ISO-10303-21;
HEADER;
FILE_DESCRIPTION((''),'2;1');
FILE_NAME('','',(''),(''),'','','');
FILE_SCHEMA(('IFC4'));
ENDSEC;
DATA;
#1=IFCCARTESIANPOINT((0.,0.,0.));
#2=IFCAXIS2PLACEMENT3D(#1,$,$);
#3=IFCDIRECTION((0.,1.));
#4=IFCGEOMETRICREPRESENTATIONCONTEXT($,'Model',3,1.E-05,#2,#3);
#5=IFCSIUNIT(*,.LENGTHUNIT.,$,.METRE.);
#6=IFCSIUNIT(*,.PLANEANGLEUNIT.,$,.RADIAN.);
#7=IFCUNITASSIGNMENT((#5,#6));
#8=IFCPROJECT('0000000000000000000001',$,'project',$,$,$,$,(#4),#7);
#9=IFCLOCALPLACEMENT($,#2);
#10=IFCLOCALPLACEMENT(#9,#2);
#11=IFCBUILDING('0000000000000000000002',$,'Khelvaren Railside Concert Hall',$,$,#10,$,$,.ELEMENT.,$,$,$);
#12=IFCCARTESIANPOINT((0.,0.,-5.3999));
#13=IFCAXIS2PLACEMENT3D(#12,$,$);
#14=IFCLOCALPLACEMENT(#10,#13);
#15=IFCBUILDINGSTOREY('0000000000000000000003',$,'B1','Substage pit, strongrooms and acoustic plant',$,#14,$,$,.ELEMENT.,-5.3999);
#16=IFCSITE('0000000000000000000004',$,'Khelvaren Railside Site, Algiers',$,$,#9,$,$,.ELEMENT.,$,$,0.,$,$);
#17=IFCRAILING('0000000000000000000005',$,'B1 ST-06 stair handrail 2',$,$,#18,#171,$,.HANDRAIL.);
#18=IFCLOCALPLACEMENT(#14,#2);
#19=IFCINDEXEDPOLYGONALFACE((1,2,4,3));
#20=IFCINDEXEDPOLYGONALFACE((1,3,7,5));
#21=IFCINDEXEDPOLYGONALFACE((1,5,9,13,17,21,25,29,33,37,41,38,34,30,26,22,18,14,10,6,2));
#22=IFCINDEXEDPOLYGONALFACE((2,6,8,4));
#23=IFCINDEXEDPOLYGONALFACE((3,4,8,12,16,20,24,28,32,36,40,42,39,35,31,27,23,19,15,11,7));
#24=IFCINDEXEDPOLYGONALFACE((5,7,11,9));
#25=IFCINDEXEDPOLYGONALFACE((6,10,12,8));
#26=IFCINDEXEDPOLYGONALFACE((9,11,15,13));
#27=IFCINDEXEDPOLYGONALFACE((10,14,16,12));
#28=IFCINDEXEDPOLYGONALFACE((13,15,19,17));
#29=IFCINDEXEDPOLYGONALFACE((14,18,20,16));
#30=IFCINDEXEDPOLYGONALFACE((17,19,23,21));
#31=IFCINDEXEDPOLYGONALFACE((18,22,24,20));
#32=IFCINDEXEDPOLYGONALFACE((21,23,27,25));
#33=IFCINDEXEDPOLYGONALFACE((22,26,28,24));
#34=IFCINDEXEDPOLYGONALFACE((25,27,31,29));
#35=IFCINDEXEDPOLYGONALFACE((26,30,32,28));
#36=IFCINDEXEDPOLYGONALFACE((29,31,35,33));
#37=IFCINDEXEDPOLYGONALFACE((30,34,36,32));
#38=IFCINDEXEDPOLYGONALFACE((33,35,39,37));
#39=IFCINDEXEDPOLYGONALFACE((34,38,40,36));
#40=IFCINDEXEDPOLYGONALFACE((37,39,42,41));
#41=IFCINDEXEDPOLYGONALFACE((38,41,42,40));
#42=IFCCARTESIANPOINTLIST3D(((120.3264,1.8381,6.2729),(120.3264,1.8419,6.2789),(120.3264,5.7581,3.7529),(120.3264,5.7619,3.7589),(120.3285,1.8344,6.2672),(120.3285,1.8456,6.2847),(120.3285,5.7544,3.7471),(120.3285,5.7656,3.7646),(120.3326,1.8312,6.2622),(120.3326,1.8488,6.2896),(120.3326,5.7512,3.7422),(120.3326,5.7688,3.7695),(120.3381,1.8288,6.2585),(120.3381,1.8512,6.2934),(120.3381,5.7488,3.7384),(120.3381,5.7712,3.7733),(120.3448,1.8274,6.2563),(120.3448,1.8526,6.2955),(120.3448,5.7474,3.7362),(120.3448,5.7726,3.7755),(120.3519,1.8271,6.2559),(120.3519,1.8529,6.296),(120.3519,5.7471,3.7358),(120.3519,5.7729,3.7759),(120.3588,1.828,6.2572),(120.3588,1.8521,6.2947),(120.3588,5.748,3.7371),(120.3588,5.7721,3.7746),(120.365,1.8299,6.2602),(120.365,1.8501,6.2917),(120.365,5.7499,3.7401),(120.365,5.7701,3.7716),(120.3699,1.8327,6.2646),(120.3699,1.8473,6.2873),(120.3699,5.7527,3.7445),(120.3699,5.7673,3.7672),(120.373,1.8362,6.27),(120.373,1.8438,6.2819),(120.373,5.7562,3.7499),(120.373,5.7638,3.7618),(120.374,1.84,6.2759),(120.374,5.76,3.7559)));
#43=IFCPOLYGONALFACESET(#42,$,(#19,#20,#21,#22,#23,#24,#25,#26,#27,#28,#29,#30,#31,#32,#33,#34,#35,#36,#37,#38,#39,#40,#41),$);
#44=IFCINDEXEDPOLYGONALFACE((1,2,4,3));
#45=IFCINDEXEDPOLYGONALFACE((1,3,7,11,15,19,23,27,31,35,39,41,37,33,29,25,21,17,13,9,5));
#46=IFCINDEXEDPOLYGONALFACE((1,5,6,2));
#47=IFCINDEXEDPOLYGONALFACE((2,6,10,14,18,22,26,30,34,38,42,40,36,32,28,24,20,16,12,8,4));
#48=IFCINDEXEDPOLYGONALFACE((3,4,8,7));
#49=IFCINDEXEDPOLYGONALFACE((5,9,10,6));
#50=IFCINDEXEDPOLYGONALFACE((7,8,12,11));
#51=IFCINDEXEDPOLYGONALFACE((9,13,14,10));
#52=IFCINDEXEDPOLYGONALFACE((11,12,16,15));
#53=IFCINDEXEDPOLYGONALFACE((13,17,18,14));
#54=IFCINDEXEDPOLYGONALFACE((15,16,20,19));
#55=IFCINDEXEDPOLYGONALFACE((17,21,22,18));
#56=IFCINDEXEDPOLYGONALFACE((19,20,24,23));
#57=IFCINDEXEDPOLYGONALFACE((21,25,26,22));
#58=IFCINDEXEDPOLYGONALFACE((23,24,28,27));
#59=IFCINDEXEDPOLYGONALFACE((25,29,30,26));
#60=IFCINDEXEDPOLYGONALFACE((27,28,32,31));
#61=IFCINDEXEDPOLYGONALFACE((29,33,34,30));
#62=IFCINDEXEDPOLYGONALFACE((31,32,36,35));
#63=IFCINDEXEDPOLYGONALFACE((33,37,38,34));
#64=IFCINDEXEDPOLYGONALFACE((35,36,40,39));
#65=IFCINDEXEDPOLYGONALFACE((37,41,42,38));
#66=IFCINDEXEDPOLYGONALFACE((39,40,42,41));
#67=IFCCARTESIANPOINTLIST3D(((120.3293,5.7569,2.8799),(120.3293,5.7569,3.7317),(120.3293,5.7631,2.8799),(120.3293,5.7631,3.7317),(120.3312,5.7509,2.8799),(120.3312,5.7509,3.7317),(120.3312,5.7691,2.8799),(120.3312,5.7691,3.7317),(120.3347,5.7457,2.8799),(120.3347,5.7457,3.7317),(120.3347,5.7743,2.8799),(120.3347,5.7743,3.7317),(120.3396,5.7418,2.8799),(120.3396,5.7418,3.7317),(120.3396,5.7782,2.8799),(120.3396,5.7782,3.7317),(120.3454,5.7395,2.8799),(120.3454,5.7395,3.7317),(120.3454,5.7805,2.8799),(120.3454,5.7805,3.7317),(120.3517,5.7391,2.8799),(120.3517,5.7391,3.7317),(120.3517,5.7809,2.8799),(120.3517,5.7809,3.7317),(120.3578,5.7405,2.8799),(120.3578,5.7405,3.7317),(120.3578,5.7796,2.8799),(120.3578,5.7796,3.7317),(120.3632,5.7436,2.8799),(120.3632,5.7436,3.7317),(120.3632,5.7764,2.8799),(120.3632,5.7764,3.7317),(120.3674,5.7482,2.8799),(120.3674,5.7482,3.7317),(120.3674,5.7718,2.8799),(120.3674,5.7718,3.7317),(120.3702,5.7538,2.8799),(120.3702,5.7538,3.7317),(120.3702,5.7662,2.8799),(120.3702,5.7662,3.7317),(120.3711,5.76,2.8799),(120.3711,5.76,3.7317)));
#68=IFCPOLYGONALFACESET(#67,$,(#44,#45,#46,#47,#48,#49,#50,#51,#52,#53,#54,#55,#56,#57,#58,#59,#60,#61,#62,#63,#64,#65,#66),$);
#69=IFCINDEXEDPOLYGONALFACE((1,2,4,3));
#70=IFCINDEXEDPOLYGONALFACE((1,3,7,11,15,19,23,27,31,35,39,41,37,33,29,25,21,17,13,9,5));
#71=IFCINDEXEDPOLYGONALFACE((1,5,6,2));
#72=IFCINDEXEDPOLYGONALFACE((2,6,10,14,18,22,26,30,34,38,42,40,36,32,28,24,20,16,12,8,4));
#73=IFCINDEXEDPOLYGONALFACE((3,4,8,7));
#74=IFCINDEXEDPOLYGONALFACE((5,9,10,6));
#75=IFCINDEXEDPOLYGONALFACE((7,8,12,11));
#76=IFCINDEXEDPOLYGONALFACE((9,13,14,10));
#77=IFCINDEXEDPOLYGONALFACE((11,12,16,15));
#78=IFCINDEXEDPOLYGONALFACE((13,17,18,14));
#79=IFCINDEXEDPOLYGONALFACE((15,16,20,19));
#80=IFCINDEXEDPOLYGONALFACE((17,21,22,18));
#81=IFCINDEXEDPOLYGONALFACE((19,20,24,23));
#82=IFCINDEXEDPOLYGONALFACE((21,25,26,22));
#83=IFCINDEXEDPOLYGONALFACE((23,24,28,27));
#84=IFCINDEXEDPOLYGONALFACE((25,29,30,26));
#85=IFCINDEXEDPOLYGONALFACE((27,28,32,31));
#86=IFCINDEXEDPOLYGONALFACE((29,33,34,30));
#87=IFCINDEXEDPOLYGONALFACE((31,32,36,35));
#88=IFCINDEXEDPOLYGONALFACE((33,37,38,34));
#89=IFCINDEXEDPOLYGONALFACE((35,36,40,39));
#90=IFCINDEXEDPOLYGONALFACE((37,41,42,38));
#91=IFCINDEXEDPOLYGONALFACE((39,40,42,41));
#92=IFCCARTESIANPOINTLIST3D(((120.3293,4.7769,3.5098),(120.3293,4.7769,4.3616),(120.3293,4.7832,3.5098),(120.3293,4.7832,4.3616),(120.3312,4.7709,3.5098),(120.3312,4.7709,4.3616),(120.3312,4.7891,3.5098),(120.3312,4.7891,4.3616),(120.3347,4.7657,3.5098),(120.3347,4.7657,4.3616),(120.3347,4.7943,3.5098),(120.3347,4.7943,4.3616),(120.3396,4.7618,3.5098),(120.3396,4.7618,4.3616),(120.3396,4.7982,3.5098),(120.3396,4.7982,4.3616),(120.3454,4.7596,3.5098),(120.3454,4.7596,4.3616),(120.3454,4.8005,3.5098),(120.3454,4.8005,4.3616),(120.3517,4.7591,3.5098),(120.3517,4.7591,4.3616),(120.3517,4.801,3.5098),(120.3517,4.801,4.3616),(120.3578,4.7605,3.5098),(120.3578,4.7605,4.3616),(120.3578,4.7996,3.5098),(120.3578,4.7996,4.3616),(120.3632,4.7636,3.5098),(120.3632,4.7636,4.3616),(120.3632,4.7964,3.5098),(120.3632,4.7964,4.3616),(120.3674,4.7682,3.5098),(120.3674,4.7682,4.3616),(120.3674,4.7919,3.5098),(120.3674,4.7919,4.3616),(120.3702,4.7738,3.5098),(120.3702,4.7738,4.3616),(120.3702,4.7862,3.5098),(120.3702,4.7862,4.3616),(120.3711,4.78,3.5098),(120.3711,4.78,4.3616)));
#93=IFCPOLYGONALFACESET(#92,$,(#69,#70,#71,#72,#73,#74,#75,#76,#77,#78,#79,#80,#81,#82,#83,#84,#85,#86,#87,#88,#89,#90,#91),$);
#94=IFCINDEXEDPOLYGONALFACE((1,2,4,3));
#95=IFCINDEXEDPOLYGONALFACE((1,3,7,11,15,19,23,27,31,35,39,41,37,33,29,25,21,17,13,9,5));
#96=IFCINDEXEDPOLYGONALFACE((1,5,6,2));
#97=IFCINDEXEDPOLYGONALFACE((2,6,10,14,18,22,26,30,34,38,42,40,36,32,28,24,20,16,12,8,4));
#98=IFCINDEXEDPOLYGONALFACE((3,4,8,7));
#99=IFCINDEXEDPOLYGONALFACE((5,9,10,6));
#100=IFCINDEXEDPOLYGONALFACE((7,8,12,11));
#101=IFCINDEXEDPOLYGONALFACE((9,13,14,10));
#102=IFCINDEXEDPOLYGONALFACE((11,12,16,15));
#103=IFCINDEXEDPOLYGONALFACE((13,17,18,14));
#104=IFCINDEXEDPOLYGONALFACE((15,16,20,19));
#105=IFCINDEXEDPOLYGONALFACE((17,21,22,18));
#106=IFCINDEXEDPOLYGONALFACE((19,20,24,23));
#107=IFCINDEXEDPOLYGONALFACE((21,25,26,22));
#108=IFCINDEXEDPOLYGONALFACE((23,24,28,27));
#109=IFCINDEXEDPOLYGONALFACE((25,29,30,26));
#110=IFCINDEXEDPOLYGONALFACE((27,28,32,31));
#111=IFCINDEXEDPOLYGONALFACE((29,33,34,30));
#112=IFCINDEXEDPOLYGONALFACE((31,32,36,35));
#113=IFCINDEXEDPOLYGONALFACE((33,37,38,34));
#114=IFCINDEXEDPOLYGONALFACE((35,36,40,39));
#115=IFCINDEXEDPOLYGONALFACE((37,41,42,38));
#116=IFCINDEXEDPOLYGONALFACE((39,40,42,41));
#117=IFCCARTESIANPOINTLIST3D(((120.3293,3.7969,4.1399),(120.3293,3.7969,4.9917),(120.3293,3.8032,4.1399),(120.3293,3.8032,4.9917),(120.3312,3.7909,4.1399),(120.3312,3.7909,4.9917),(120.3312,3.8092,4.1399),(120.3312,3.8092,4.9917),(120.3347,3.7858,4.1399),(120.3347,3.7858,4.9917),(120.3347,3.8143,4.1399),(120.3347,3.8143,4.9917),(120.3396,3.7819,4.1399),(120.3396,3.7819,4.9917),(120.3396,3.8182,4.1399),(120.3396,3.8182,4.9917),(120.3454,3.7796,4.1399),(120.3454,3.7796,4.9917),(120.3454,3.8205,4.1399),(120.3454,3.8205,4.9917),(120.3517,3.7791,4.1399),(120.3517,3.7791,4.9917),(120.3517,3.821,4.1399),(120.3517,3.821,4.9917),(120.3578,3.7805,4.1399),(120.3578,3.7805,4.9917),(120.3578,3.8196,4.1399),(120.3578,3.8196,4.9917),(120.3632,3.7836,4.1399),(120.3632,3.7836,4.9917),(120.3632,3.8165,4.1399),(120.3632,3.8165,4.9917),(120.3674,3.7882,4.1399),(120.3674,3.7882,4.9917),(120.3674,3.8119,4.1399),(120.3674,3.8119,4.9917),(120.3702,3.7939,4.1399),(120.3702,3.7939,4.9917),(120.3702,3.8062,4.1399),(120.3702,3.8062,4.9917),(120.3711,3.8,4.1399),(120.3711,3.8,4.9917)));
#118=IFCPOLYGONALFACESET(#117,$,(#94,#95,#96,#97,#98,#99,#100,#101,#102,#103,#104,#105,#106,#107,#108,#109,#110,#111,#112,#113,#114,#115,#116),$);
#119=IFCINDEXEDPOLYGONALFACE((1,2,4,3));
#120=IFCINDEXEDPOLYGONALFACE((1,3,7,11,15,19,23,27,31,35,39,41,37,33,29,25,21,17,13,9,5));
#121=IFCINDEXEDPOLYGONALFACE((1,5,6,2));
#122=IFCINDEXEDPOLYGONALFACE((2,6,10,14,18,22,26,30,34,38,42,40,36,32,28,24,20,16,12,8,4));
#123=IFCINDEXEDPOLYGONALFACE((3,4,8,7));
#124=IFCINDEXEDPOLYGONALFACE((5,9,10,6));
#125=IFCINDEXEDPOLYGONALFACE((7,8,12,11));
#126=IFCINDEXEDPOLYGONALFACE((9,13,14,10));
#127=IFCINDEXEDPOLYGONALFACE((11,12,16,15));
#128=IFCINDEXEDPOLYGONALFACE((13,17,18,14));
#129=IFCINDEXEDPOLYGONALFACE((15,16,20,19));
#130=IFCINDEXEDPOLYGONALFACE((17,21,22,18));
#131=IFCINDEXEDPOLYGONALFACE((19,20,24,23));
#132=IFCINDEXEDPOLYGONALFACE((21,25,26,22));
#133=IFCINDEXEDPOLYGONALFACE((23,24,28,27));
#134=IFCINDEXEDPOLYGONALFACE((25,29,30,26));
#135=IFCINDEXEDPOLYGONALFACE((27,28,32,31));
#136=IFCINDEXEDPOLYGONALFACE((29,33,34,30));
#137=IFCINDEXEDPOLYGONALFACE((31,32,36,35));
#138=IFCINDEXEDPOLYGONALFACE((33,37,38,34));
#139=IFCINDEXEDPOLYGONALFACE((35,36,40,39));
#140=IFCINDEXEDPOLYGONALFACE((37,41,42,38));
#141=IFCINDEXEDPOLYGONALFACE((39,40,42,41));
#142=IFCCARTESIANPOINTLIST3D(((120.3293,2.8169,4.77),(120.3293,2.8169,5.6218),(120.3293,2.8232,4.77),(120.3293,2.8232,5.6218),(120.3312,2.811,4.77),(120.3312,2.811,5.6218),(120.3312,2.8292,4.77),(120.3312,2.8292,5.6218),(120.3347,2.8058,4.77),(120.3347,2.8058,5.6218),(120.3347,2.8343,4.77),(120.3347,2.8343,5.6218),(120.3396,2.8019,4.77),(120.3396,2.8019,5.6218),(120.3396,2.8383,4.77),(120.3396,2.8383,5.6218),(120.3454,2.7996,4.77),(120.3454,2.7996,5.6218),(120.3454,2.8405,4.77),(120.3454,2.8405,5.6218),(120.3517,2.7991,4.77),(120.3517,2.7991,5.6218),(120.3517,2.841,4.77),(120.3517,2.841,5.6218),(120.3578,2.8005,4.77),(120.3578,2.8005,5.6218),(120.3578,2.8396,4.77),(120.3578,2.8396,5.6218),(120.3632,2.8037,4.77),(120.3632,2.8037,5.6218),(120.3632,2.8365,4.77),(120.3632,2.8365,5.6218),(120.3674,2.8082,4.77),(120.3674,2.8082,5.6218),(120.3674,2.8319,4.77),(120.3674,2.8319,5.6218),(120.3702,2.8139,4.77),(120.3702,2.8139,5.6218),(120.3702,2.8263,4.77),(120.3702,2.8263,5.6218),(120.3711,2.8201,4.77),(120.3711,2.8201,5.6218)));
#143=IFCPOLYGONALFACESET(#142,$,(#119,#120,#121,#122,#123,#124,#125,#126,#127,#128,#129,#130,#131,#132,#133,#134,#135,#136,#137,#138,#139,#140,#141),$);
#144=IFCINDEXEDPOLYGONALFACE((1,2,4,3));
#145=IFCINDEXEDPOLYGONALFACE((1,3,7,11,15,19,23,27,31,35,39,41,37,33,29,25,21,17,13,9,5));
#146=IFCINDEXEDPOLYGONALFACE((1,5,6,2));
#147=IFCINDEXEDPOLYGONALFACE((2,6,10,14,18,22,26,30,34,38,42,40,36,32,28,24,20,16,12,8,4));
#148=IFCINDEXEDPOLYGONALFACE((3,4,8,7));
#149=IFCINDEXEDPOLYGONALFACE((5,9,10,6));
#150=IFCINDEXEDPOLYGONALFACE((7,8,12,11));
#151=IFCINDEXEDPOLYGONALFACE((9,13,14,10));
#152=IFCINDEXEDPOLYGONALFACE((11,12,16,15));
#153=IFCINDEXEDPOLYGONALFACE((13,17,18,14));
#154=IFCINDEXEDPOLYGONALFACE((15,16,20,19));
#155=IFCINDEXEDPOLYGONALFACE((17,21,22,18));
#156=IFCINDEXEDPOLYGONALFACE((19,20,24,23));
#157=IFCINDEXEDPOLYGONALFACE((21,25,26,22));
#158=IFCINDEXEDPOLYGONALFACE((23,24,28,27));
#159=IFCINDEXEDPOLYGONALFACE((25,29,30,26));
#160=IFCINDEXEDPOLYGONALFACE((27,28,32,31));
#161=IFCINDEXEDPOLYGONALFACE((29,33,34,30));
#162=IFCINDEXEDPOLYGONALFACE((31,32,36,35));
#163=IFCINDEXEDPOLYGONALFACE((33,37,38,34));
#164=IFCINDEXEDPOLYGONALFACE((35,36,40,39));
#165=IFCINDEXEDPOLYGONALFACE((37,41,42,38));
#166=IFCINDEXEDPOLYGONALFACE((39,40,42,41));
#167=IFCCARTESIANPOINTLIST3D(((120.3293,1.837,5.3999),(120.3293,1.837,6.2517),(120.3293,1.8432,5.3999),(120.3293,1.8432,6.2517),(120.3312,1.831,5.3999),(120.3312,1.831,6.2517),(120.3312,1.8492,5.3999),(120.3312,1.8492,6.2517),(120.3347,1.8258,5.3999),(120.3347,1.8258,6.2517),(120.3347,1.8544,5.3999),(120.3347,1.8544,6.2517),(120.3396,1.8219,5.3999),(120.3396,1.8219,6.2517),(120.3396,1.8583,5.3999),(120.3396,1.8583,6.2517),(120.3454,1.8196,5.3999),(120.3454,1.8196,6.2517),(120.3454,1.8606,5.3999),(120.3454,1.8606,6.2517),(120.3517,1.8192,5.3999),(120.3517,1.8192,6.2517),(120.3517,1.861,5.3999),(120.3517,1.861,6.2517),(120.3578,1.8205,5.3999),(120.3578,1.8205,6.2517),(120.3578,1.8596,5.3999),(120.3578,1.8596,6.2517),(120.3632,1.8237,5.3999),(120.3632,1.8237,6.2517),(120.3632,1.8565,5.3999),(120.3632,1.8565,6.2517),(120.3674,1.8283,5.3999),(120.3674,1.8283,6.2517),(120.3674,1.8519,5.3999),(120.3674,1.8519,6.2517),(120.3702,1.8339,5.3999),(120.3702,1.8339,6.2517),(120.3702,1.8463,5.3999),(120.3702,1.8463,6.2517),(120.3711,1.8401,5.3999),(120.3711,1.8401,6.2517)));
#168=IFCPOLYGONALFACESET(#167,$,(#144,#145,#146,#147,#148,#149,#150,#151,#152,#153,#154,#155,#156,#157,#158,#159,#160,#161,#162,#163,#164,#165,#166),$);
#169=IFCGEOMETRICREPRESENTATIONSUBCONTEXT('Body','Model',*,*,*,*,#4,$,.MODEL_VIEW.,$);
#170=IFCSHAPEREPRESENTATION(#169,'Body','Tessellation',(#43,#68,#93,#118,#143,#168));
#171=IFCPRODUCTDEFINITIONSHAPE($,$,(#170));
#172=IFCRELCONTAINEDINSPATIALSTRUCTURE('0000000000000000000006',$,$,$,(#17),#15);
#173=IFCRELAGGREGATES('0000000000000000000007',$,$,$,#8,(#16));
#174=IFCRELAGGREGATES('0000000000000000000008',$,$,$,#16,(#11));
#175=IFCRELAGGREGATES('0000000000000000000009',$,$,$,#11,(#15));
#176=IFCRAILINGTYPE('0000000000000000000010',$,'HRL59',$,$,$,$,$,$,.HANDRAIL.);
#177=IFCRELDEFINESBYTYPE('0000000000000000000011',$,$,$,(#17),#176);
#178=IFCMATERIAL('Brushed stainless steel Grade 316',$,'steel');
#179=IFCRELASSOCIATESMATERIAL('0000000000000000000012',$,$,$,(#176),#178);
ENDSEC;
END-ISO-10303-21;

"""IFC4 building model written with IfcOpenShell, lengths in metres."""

from ifc_helpers import new_model, si_unit, direction, frame, origin, origin_2d, place, context, subcontext, project, spatial, circle, extrude, material, type_object, element, save


model = new_model("IFC4")

# Units and contexts
model_context = context("Model", 3, precision=1e-05, world=origin(), true_north=direction((0.0, 1.0)))
body_context = subcontext(model_context, "Body", "Model", "MODEL_VIEW")
ifc_project = project(units=[si_unit("LENGTHUNIT", "METRE"), si_unit("PLANEANGLEUNIT", "RADIAN")], contexts=[model_context])

# Site, building, storey
site_placement = place(None, origin())
site = spatial("IfcSite", under=ifc_project, at=site_placement, Name="Khelvaren Railside Site, Algiers", CompositionType="ELEMENT", RefElevation=0.0)
building_placement = place(site_placement, origin())
building = spatial("IfcBuilding", under=site, at=building_placement, Name="Khelvaren Railside Concert Hall", CompositionType="ELEMENT")
storey_placement = place(building_placement, frame((0.0, 0.0, -5.3999)))
storey = spatial("IfcBuildingStorey", under=building, at=storey_placement, Name="B1", Description="Substage pit, strongrooms and acoustic plant", CompositionType="ELEMENT", Elevation=-5.3999)

# Railing
ifc_material_1 = material(Name="Brushed stainless steel Grade 316", Category="steel")
railing_type_1 = type_object("IfcRailingType", Name="HRL59", PredefinedType="HANDRAIL", material=ifc_material_1)
railing_1_placement = place(storey_placement, frame((120.3501, 5.76, 2.8799)))
element("IfcRailing", 1, at=railing_1_placement, inside=storey, type_object=railing_type_1, Name="B1 ST-06 stair handrail 2", PredefinedType="HANDRAIL", context=body_context, shape_type="SweptSolid", body=[
    extrude(circle(Radius=0.0239, at=origin_2d()), frame((0.0, 0.0, 0.876), z_axis=(0.0, -0.841172, 0.540768), x_axis=(1.0, 0.0, 0.0)), (0.0, 0.0, 1.0), 4.6602),
    extrude(circle(Radius=0.021, at=origin_2d()), origin(), (0.0, 0.0, 1.0), 0.8518),
    extrude(circle(Radius=0.021, at=origin_2d()), frame((0.0, -0.98, 0.6299)), (0.0, 0.0, 1.0), 0.8518),
    extrude(circle(Radius=0.021, at=origin_2d()), frame((0.0, -1.96, 1.26)), (0.0, 0.0, 1.0), 0.8518),
    extrude(circle(Radius=0.021, at=origin_2d()), frame((0.0, -2.9399, 1.8901)), (0.0, 0.0, 1.0), 0.8518),
    extrude(circle(Radius=0.021, at=origin_2d()), frame((0.0, -3.9199, 2.52)), (0.0, 0.0, 1.0), 0.8518),
])

save(model, "model.ifc")
